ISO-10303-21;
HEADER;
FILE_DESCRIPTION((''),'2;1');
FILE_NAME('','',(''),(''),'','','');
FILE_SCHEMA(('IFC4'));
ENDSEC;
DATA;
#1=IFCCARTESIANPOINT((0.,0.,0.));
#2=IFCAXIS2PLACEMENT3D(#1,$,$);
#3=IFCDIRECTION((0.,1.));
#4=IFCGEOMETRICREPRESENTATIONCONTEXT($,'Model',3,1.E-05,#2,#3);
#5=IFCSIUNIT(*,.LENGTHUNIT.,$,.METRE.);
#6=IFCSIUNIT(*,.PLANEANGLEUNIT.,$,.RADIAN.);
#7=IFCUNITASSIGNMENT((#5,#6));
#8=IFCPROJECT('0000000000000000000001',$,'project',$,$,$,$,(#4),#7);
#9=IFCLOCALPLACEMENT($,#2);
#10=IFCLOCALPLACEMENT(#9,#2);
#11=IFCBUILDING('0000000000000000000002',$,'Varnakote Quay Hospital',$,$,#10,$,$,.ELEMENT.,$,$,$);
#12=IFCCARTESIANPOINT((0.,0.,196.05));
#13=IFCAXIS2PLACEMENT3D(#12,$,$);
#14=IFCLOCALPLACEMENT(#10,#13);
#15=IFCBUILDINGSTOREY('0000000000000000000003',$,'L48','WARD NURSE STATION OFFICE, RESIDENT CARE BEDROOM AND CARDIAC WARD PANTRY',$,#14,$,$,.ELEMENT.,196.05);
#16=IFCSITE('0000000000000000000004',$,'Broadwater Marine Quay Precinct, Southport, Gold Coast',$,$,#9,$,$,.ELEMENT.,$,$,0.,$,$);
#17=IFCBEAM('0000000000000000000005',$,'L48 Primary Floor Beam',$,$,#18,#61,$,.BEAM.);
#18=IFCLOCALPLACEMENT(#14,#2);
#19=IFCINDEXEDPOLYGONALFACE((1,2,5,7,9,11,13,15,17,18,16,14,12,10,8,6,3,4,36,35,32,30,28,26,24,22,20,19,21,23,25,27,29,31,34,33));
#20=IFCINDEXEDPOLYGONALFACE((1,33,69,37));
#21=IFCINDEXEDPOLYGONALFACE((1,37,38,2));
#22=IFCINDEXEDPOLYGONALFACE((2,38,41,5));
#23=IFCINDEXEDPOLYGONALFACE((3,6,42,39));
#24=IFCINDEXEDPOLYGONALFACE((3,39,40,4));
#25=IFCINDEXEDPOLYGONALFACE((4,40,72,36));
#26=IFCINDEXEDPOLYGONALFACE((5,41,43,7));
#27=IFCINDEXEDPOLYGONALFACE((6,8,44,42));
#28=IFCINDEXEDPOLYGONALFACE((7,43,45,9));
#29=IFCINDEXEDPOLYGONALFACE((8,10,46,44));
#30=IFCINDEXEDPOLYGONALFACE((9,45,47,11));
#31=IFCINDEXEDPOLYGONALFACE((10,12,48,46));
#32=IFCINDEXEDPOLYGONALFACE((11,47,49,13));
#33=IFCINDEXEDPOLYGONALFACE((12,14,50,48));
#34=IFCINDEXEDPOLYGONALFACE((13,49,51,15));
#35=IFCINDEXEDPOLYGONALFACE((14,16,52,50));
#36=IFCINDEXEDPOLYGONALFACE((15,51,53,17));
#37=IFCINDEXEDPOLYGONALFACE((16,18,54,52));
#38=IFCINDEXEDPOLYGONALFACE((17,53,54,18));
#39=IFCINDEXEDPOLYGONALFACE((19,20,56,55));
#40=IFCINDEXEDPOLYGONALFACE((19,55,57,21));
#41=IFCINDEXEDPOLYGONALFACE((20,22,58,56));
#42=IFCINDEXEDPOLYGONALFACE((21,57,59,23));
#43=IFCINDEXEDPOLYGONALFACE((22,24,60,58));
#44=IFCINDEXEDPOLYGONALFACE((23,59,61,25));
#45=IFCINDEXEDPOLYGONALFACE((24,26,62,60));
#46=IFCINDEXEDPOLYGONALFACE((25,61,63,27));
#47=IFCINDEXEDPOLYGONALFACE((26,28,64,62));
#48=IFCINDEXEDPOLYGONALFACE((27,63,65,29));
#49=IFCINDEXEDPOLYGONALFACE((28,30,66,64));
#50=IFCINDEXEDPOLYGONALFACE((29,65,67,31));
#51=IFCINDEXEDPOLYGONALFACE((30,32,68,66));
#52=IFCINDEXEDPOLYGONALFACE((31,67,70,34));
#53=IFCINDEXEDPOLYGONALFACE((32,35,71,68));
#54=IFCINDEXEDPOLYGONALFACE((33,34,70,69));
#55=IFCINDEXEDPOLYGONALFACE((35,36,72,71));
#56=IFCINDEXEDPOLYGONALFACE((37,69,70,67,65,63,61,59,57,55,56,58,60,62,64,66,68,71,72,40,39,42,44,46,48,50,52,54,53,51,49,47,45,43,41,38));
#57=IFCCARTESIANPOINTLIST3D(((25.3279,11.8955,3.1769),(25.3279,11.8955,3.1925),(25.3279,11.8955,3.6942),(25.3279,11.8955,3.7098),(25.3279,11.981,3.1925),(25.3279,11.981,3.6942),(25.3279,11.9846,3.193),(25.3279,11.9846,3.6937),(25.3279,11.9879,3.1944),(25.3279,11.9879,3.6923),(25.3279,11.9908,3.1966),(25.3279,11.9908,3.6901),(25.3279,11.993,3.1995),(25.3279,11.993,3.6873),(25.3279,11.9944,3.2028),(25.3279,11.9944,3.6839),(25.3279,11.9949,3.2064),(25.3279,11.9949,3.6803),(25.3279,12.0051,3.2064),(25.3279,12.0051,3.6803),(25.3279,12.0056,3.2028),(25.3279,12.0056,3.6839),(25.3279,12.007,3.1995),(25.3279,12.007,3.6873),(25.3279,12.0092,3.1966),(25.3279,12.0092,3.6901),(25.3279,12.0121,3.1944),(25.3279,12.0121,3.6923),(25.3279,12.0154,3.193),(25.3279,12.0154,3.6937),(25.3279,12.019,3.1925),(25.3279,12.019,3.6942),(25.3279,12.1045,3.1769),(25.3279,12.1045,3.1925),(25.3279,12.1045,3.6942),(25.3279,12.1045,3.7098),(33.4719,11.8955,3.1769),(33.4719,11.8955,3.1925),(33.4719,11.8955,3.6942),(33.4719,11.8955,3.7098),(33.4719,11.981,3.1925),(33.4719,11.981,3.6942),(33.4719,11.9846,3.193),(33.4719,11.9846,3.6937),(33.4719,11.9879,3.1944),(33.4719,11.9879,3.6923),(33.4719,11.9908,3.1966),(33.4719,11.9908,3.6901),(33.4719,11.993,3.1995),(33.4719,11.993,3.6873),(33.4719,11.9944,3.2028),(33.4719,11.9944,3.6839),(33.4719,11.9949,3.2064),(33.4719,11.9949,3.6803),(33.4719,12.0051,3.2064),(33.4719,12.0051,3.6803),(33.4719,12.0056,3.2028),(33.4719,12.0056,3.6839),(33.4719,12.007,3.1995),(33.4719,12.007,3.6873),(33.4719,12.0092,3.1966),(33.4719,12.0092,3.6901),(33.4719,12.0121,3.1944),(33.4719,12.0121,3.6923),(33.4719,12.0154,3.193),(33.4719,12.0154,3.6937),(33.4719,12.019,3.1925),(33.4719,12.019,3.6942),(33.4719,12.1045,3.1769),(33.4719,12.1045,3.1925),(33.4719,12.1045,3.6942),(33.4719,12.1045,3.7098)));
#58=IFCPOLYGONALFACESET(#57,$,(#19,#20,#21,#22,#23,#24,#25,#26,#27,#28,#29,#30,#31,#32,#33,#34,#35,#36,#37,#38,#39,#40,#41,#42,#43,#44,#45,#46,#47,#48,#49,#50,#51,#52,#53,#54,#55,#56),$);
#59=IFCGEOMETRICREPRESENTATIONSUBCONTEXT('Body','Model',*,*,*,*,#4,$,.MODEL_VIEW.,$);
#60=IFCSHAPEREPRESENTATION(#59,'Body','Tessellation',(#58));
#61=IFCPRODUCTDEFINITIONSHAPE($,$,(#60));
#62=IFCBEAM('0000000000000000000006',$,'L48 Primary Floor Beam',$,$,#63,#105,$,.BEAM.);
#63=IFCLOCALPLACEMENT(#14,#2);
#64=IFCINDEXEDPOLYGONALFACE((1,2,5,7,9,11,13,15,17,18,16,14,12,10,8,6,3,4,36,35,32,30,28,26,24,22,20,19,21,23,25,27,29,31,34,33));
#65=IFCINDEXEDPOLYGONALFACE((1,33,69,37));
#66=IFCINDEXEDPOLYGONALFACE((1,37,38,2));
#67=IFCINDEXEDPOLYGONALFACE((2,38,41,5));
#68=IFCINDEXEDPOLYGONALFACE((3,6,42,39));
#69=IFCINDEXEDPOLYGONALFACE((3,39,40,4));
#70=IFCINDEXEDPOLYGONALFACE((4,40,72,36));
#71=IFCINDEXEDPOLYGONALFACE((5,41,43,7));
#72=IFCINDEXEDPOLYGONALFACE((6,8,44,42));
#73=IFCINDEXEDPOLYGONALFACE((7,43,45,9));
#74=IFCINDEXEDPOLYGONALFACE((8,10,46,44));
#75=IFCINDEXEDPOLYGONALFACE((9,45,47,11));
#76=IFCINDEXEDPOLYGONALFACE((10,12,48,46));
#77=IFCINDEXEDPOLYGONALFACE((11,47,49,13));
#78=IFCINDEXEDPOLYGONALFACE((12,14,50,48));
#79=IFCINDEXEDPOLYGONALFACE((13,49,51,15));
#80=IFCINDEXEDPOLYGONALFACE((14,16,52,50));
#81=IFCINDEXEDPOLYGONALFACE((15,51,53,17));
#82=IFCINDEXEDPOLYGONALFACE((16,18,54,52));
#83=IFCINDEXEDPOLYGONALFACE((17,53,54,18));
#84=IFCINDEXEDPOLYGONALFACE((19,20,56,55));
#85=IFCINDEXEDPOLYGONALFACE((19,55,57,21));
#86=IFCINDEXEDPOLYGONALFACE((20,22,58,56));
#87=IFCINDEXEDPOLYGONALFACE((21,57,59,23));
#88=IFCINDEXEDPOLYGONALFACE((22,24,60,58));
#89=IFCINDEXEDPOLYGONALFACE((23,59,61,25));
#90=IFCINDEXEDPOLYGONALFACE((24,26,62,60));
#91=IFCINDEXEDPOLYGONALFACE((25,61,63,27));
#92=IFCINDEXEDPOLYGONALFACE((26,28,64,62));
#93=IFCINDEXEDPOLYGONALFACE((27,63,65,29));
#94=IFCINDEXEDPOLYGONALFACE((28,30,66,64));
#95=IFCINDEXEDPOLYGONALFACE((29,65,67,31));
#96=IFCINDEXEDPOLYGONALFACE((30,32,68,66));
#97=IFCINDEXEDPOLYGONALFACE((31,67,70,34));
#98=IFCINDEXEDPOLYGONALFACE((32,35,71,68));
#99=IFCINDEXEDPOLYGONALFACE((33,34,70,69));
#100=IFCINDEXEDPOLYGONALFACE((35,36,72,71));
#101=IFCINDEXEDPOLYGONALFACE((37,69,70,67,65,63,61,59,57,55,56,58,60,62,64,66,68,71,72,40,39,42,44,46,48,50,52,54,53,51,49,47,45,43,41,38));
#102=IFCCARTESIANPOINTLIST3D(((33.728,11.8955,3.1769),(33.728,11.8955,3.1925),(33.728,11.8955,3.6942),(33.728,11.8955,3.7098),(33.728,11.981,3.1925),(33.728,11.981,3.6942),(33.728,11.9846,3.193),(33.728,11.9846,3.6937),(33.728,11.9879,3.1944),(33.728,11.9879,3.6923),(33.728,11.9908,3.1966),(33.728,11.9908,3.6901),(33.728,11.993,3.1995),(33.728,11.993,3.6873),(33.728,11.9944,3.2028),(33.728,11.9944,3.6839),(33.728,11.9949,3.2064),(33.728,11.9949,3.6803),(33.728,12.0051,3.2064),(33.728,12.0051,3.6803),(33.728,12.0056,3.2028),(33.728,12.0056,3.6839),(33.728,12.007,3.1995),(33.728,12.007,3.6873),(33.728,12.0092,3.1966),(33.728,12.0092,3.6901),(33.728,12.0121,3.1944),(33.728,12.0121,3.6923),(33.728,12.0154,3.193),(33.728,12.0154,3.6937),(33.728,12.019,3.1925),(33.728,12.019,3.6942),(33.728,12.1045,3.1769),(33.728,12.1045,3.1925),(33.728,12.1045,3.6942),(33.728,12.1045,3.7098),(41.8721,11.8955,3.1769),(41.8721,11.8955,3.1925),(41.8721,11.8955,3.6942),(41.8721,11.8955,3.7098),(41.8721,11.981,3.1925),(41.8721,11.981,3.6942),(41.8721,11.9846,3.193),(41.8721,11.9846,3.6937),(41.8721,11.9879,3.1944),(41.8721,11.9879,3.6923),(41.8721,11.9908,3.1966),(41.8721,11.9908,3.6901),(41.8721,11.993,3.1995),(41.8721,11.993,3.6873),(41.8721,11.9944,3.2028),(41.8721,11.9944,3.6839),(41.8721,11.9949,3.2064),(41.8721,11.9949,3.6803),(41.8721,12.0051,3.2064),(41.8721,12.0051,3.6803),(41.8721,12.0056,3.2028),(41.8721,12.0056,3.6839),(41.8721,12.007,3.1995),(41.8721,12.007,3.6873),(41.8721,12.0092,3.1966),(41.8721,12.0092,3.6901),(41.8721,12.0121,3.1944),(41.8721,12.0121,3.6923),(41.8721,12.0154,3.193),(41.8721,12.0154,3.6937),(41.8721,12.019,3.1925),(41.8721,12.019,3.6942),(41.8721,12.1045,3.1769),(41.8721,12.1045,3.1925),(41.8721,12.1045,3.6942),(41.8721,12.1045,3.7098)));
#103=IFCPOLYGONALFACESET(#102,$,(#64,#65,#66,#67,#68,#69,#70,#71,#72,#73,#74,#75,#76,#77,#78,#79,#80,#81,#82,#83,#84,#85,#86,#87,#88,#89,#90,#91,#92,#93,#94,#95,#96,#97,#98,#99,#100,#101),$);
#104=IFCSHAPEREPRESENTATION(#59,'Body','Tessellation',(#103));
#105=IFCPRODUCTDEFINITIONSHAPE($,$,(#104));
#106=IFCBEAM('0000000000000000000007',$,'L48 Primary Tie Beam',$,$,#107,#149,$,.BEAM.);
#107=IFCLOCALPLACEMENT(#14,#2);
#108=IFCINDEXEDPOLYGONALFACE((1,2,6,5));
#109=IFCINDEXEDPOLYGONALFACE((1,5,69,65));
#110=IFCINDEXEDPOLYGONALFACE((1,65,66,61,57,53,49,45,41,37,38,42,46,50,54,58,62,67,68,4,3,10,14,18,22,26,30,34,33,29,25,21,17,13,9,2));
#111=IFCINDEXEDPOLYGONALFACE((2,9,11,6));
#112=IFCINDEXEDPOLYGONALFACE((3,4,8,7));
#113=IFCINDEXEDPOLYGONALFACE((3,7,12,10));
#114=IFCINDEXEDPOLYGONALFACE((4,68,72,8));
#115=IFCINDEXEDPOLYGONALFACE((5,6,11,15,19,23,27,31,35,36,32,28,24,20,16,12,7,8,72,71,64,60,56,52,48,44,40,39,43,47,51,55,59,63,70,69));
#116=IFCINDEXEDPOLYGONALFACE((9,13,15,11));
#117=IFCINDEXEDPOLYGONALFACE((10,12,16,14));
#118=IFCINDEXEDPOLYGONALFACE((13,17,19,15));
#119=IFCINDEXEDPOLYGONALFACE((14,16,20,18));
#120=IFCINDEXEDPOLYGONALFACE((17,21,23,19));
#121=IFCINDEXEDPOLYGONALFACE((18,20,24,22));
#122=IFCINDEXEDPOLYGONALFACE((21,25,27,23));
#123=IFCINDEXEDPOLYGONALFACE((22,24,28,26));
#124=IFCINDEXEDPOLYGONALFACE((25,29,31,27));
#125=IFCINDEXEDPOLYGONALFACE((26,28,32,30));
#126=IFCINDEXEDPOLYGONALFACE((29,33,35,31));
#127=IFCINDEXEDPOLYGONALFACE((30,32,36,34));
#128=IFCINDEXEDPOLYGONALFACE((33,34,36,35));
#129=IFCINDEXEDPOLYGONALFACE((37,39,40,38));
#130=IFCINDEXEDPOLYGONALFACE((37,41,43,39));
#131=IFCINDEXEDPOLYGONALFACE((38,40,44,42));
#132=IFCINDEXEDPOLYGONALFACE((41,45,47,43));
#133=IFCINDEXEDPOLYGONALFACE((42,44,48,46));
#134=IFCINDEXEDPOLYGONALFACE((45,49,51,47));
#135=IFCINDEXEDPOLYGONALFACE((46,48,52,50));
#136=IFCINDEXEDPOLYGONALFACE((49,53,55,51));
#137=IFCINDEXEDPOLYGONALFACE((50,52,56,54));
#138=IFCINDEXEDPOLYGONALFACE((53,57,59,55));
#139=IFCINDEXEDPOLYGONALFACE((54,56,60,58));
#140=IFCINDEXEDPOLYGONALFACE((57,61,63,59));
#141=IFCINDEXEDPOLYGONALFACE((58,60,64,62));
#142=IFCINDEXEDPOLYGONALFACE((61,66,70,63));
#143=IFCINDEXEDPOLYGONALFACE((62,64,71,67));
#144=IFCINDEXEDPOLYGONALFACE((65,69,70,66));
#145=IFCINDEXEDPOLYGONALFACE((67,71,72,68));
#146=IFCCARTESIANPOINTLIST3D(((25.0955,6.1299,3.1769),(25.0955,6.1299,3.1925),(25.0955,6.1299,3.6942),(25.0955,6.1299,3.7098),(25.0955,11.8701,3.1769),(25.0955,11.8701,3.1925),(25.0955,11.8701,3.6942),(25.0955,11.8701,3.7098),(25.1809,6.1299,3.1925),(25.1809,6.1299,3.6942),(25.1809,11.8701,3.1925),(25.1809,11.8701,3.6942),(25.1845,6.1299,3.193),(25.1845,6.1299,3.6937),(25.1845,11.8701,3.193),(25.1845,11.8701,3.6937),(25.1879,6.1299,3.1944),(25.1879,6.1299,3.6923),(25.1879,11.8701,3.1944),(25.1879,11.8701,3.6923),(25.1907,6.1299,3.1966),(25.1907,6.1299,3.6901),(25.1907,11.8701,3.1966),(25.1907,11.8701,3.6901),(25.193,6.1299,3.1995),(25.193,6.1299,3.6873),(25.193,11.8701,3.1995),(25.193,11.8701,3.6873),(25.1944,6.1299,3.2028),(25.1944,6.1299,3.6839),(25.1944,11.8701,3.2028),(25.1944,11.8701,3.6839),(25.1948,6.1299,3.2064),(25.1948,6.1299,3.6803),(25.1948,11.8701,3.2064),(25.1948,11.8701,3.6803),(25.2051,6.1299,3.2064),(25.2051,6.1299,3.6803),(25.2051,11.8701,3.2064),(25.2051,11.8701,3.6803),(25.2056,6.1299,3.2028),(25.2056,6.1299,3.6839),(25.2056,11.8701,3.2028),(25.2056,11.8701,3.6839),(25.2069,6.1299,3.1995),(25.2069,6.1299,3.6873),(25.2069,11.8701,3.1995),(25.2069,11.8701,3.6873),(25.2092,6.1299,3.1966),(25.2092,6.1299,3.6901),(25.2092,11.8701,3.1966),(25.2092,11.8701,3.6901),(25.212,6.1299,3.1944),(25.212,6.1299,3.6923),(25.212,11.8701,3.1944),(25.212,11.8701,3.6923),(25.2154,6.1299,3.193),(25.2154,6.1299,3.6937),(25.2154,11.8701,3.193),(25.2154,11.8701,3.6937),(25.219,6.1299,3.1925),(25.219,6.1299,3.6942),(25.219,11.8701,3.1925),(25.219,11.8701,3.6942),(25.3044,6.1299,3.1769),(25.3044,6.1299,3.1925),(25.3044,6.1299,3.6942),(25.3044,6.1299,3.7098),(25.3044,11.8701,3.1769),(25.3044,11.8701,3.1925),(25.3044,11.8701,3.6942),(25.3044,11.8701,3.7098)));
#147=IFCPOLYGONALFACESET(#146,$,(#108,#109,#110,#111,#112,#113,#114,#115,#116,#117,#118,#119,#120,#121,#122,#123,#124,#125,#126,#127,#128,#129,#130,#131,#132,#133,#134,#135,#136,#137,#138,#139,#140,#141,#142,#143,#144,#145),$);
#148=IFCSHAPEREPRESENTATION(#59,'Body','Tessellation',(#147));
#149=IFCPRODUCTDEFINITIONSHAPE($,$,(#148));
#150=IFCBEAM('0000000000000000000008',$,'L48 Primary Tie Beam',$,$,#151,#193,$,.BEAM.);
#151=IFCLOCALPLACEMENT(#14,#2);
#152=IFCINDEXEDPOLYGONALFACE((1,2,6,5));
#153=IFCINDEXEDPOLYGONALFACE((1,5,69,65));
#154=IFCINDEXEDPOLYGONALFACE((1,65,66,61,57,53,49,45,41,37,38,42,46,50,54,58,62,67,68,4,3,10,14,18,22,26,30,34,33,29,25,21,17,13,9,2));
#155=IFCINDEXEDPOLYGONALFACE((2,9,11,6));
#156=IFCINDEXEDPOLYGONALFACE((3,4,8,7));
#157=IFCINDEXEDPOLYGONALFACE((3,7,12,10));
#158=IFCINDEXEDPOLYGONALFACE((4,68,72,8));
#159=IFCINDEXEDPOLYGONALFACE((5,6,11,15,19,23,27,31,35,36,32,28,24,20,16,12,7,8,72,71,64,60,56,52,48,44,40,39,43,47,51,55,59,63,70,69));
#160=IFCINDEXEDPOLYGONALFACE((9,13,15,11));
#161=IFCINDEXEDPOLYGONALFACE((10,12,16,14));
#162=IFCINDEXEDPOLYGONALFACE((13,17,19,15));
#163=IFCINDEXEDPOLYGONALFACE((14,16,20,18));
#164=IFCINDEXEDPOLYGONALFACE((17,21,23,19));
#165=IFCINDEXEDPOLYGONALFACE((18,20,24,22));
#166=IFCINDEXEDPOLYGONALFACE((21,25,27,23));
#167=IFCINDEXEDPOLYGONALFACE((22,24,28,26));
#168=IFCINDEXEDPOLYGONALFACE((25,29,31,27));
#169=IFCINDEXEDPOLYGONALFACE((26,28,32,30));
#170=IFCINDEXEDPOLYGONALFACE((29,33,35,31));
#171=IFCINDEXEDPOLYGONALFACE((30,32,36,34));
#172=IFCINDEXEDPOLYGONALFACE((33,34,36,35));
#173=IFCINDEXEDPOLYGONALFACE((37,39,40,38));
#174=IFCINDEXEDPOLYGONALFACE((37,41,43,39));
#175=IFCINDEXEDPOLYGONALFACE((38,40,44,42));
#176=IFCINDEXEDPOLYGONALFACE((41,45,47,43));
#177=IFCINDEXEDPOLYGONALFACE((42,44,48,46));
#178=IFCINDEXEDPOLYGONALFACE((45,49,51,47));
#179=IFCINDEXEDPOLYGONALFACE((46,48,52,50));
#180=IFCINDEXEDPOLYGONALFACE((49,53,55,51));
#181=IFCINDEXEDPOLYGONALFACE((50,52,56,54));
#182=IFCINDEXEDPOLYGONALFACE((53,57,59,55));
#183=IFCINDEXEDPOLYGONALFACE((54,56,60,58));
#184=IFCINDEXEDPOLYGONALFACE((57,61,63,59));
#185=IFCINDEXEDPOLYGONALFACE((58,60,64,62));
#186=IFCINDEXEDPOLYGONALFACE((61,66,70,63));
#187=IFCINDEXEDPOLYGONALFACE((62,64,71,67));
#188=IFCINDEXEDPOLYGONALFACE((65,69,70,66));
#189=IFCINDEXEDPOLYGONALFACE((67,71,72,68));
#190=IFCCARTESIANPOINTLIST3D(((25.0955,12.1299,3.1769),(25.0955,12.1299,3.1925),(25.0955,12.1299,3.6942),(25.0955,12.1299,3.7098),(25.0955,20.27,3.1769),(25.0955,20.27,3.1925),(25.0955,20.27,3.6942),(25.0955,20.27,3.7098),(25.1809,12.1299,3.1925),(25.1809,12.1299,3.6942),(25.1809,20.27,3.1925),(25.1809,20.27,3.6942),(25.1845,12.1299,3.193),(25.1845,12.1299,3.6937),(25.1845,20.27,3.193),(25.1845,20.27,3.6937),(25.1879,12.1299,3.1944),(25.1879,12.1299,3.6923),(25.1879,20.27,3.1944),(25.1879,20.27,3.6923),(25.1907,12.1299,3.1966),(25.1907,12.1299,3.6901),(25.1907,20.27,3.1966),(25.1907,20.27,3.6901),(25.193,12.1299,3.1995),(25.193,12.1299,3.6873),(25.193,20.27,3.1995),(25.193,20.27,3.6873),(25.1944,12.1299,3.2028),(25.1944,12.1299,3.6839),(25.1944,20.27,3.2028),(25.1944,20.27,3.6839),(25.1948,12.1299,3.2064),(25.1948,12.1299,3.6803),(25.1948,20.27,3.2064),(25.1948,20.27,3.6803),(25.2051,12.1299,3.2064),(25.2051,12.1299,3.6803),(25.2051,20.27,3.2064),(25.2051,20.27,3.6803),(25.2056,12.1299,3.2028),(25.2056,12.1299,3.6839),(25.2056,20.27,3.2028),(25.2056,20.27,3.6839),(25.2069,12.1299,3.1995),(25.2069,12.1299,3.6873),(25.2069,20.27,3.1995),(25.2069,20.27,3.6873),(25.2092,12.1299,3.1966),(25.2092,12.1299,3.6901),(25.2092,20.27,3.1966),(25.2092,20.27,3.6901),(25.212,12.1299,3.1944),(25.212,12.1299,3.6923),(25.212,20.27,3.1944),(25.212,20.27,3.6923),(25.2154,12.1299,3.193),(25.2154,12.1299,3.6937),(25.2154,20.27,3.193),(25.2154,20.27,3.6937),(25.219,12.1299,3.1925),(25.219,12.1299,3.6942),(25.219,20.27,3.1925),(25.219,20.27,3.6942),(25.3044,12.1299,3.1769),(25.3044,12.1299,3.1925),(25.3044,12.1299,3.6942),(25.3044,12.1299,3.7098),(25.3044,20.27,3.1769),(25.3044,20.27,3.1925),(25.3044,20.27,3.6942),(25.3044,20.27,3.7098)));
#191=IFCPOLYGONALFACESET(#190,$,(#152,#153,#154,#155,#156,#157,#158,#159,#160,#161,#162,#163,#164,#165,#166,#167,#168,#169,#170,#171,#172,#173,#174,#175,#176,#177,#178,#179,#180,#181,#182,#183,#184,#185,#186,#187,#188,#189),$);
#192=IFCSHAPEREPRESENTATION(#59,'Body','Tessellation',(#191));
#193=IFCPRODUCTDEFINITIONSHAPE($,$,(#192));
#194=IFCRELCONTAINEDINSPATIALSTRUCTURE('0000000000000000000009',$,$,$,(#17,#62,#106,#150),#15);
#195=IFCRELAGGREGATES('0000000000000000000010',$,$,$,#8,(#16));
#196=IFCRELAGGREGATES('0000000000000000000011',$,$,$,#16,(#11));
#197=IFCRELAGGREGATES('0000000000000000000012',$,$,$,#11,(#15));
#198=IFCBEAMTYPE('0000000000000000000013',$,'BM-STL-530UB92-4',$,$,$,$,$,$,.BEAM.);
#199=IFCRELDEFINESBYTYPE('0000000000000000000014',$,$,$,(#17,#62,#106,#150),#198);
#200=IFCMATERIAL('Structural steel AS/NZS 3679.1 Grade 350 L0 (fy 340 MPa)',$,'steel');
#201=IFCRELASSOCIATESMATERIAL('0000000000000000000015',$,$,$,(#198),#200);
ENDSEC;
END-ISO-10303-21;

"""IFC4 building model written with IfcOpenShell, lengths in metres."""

from ifc_helpers import new_model, si_unit, direction, frame, origin, origin_2d, place, context, subcontext, project, spatial, i_section, extrude, material, material_profile, profile_set, type_object, element, save


model = new_model("IFC4")

# Units and contexts
model_context = context("Model", 3, precision=1e-05, world=origin(), true_north=direction((0.0, 1.0)))
body_context = subcontext(model_context, "Body", "Model", "MODEL_VIEW")
ifc_project = project(units=[si_unit("LENGTHUNIT", "METRE"), si_unit("PLANEANGLEUNIT", "RADIAN")], contexts=[model_context])

# Site, building, storey
site_placement = place(None, origin())
site = spatial("IfcSite", under=ifc_project, at=site_placement, Name="Broadwater Marine Quay Precinct, Southport, Gold Coast", CompositionType="ELEMENT", RefElevation=0.0)
building_placement = place(site_placement, origin())
building = spatial("IfcBuilding", under=site, at=building_placement, Name="Varnakote Quay Hospital", CompositionType="ELEMENT")
storey_placement = place(building_placement, frame((0.0, 0.0, 196.05)))
storey = spatial("IfcBuildingStorey", under=building, at=storey_placement, Name="L48", Description="WARD NURSE STATION OFFICE, RESIDENT CARE BEDROOM AND CARDIAC WARD PANTRY", CompositionType="ELEMENT", Elevation=196.05)

# Beams
ifc_material_1 = material(Name="Structural steel AS/NZS 3679.1 Grade 350 L0 (fy 340 MPa)", Category="steel")
ifc_material_profile_1 = material_profile(ifc_material_1, i_section(OverallWidth=0.209, OverallDepth=0.533, WebThickness=0.0103, FlangeThickness=0.0156, FilletRadius=0.0139, at=origin_2d()), Name="530UB92.4")
ifc_profile_set_1 = profile_set([ifc_material_profile_1], Name="Structural steel AS/NZS 3679.1 Grade 350 L0 (fy 340 MPa)")
beam_type_1 = type_object("IfcBeamType", Name="BM-STL-530UB92-4", PredefinedType="BEAM", material=ifc_profile_set_1)
for number, where, z_axis, x_axis, name in (
    (1, (25.3279, 12.0, 3.4434), (1.0, 0.0, 0.0), (0.0, 1.0, 0.0), "L48 Primary Floor Beam"),
    (2, (33.728, 12.0, 3.4434), (1.0, 0.0, 0.0), (0.0, 1.0, 0.0), "L48 Primary Floor Beam"),
):
    element("IfcBeam", number, at=place(storey_placement, frame(where, z_axis=z_axis, x_axis=x_axis)), inside=storey, type_object=beam_type_1, Name=name, PredefinedType="BEAM", context=body_context, shape_type="SweptSolid", body=[
        extrude(i_section(OverallWidth=0.209, OverallDepth=0.533, WebThickness=0.0103, FlangeThickness=0.0156, FilletRadius=0.0139, at=origin_2d()), origin(), (0.0, 0.0, 1.0), 8.144),
    ])
beam_1_placement = place(storey_placement, frame((25.2, 6.1299, 3.4434), z_axis=(0.0, 1.0, 0.0), x_axis=(-1.0, 0.0, 0.0)))
element("IfcBeam", 3, at=beam_1_placement, inside=storey, type_object=beam_type_1, Name="L48 Primary Tie Beam", PredefinedType="BEAM", context=body_context, shape_type="SweptSolid", body=[
    extrude(i_section(OverallWidth=0.209, OverallDepth=0.533, WebThickness=0.0103, FlangeThickness=0.0156, FilletRadius=0.0139, at=origin_2d()), origin(), (0.0, 0.0, 1.0), 5.7402),
])
beam_2_placement = place(storey_placement, frame((25.2, 12.1299, 3.4434), z_axis=(0.0, 1.0, 0.0), x_axis=(-1.0, 0.0, 0.0)))
element("IfcBeam", 4, at=beam_2_placement, inside=storey, type_object=beam_type_1, Name="L48 Primary Tie Beam", PredefinedType="BEAM", context=body_context, shape_type="SweptSolid", body=[
    extrude(i_section(OverallWidth=0.209, OverallDepth=0.533, WebThickness=0.0103, FlangeThickness=0.0156, FilletRadius=0.0139, at=origin_2d()), origin(), (0.0, 0.0, 1.0), 8.1401),
])

save(model, "model.ifc")
